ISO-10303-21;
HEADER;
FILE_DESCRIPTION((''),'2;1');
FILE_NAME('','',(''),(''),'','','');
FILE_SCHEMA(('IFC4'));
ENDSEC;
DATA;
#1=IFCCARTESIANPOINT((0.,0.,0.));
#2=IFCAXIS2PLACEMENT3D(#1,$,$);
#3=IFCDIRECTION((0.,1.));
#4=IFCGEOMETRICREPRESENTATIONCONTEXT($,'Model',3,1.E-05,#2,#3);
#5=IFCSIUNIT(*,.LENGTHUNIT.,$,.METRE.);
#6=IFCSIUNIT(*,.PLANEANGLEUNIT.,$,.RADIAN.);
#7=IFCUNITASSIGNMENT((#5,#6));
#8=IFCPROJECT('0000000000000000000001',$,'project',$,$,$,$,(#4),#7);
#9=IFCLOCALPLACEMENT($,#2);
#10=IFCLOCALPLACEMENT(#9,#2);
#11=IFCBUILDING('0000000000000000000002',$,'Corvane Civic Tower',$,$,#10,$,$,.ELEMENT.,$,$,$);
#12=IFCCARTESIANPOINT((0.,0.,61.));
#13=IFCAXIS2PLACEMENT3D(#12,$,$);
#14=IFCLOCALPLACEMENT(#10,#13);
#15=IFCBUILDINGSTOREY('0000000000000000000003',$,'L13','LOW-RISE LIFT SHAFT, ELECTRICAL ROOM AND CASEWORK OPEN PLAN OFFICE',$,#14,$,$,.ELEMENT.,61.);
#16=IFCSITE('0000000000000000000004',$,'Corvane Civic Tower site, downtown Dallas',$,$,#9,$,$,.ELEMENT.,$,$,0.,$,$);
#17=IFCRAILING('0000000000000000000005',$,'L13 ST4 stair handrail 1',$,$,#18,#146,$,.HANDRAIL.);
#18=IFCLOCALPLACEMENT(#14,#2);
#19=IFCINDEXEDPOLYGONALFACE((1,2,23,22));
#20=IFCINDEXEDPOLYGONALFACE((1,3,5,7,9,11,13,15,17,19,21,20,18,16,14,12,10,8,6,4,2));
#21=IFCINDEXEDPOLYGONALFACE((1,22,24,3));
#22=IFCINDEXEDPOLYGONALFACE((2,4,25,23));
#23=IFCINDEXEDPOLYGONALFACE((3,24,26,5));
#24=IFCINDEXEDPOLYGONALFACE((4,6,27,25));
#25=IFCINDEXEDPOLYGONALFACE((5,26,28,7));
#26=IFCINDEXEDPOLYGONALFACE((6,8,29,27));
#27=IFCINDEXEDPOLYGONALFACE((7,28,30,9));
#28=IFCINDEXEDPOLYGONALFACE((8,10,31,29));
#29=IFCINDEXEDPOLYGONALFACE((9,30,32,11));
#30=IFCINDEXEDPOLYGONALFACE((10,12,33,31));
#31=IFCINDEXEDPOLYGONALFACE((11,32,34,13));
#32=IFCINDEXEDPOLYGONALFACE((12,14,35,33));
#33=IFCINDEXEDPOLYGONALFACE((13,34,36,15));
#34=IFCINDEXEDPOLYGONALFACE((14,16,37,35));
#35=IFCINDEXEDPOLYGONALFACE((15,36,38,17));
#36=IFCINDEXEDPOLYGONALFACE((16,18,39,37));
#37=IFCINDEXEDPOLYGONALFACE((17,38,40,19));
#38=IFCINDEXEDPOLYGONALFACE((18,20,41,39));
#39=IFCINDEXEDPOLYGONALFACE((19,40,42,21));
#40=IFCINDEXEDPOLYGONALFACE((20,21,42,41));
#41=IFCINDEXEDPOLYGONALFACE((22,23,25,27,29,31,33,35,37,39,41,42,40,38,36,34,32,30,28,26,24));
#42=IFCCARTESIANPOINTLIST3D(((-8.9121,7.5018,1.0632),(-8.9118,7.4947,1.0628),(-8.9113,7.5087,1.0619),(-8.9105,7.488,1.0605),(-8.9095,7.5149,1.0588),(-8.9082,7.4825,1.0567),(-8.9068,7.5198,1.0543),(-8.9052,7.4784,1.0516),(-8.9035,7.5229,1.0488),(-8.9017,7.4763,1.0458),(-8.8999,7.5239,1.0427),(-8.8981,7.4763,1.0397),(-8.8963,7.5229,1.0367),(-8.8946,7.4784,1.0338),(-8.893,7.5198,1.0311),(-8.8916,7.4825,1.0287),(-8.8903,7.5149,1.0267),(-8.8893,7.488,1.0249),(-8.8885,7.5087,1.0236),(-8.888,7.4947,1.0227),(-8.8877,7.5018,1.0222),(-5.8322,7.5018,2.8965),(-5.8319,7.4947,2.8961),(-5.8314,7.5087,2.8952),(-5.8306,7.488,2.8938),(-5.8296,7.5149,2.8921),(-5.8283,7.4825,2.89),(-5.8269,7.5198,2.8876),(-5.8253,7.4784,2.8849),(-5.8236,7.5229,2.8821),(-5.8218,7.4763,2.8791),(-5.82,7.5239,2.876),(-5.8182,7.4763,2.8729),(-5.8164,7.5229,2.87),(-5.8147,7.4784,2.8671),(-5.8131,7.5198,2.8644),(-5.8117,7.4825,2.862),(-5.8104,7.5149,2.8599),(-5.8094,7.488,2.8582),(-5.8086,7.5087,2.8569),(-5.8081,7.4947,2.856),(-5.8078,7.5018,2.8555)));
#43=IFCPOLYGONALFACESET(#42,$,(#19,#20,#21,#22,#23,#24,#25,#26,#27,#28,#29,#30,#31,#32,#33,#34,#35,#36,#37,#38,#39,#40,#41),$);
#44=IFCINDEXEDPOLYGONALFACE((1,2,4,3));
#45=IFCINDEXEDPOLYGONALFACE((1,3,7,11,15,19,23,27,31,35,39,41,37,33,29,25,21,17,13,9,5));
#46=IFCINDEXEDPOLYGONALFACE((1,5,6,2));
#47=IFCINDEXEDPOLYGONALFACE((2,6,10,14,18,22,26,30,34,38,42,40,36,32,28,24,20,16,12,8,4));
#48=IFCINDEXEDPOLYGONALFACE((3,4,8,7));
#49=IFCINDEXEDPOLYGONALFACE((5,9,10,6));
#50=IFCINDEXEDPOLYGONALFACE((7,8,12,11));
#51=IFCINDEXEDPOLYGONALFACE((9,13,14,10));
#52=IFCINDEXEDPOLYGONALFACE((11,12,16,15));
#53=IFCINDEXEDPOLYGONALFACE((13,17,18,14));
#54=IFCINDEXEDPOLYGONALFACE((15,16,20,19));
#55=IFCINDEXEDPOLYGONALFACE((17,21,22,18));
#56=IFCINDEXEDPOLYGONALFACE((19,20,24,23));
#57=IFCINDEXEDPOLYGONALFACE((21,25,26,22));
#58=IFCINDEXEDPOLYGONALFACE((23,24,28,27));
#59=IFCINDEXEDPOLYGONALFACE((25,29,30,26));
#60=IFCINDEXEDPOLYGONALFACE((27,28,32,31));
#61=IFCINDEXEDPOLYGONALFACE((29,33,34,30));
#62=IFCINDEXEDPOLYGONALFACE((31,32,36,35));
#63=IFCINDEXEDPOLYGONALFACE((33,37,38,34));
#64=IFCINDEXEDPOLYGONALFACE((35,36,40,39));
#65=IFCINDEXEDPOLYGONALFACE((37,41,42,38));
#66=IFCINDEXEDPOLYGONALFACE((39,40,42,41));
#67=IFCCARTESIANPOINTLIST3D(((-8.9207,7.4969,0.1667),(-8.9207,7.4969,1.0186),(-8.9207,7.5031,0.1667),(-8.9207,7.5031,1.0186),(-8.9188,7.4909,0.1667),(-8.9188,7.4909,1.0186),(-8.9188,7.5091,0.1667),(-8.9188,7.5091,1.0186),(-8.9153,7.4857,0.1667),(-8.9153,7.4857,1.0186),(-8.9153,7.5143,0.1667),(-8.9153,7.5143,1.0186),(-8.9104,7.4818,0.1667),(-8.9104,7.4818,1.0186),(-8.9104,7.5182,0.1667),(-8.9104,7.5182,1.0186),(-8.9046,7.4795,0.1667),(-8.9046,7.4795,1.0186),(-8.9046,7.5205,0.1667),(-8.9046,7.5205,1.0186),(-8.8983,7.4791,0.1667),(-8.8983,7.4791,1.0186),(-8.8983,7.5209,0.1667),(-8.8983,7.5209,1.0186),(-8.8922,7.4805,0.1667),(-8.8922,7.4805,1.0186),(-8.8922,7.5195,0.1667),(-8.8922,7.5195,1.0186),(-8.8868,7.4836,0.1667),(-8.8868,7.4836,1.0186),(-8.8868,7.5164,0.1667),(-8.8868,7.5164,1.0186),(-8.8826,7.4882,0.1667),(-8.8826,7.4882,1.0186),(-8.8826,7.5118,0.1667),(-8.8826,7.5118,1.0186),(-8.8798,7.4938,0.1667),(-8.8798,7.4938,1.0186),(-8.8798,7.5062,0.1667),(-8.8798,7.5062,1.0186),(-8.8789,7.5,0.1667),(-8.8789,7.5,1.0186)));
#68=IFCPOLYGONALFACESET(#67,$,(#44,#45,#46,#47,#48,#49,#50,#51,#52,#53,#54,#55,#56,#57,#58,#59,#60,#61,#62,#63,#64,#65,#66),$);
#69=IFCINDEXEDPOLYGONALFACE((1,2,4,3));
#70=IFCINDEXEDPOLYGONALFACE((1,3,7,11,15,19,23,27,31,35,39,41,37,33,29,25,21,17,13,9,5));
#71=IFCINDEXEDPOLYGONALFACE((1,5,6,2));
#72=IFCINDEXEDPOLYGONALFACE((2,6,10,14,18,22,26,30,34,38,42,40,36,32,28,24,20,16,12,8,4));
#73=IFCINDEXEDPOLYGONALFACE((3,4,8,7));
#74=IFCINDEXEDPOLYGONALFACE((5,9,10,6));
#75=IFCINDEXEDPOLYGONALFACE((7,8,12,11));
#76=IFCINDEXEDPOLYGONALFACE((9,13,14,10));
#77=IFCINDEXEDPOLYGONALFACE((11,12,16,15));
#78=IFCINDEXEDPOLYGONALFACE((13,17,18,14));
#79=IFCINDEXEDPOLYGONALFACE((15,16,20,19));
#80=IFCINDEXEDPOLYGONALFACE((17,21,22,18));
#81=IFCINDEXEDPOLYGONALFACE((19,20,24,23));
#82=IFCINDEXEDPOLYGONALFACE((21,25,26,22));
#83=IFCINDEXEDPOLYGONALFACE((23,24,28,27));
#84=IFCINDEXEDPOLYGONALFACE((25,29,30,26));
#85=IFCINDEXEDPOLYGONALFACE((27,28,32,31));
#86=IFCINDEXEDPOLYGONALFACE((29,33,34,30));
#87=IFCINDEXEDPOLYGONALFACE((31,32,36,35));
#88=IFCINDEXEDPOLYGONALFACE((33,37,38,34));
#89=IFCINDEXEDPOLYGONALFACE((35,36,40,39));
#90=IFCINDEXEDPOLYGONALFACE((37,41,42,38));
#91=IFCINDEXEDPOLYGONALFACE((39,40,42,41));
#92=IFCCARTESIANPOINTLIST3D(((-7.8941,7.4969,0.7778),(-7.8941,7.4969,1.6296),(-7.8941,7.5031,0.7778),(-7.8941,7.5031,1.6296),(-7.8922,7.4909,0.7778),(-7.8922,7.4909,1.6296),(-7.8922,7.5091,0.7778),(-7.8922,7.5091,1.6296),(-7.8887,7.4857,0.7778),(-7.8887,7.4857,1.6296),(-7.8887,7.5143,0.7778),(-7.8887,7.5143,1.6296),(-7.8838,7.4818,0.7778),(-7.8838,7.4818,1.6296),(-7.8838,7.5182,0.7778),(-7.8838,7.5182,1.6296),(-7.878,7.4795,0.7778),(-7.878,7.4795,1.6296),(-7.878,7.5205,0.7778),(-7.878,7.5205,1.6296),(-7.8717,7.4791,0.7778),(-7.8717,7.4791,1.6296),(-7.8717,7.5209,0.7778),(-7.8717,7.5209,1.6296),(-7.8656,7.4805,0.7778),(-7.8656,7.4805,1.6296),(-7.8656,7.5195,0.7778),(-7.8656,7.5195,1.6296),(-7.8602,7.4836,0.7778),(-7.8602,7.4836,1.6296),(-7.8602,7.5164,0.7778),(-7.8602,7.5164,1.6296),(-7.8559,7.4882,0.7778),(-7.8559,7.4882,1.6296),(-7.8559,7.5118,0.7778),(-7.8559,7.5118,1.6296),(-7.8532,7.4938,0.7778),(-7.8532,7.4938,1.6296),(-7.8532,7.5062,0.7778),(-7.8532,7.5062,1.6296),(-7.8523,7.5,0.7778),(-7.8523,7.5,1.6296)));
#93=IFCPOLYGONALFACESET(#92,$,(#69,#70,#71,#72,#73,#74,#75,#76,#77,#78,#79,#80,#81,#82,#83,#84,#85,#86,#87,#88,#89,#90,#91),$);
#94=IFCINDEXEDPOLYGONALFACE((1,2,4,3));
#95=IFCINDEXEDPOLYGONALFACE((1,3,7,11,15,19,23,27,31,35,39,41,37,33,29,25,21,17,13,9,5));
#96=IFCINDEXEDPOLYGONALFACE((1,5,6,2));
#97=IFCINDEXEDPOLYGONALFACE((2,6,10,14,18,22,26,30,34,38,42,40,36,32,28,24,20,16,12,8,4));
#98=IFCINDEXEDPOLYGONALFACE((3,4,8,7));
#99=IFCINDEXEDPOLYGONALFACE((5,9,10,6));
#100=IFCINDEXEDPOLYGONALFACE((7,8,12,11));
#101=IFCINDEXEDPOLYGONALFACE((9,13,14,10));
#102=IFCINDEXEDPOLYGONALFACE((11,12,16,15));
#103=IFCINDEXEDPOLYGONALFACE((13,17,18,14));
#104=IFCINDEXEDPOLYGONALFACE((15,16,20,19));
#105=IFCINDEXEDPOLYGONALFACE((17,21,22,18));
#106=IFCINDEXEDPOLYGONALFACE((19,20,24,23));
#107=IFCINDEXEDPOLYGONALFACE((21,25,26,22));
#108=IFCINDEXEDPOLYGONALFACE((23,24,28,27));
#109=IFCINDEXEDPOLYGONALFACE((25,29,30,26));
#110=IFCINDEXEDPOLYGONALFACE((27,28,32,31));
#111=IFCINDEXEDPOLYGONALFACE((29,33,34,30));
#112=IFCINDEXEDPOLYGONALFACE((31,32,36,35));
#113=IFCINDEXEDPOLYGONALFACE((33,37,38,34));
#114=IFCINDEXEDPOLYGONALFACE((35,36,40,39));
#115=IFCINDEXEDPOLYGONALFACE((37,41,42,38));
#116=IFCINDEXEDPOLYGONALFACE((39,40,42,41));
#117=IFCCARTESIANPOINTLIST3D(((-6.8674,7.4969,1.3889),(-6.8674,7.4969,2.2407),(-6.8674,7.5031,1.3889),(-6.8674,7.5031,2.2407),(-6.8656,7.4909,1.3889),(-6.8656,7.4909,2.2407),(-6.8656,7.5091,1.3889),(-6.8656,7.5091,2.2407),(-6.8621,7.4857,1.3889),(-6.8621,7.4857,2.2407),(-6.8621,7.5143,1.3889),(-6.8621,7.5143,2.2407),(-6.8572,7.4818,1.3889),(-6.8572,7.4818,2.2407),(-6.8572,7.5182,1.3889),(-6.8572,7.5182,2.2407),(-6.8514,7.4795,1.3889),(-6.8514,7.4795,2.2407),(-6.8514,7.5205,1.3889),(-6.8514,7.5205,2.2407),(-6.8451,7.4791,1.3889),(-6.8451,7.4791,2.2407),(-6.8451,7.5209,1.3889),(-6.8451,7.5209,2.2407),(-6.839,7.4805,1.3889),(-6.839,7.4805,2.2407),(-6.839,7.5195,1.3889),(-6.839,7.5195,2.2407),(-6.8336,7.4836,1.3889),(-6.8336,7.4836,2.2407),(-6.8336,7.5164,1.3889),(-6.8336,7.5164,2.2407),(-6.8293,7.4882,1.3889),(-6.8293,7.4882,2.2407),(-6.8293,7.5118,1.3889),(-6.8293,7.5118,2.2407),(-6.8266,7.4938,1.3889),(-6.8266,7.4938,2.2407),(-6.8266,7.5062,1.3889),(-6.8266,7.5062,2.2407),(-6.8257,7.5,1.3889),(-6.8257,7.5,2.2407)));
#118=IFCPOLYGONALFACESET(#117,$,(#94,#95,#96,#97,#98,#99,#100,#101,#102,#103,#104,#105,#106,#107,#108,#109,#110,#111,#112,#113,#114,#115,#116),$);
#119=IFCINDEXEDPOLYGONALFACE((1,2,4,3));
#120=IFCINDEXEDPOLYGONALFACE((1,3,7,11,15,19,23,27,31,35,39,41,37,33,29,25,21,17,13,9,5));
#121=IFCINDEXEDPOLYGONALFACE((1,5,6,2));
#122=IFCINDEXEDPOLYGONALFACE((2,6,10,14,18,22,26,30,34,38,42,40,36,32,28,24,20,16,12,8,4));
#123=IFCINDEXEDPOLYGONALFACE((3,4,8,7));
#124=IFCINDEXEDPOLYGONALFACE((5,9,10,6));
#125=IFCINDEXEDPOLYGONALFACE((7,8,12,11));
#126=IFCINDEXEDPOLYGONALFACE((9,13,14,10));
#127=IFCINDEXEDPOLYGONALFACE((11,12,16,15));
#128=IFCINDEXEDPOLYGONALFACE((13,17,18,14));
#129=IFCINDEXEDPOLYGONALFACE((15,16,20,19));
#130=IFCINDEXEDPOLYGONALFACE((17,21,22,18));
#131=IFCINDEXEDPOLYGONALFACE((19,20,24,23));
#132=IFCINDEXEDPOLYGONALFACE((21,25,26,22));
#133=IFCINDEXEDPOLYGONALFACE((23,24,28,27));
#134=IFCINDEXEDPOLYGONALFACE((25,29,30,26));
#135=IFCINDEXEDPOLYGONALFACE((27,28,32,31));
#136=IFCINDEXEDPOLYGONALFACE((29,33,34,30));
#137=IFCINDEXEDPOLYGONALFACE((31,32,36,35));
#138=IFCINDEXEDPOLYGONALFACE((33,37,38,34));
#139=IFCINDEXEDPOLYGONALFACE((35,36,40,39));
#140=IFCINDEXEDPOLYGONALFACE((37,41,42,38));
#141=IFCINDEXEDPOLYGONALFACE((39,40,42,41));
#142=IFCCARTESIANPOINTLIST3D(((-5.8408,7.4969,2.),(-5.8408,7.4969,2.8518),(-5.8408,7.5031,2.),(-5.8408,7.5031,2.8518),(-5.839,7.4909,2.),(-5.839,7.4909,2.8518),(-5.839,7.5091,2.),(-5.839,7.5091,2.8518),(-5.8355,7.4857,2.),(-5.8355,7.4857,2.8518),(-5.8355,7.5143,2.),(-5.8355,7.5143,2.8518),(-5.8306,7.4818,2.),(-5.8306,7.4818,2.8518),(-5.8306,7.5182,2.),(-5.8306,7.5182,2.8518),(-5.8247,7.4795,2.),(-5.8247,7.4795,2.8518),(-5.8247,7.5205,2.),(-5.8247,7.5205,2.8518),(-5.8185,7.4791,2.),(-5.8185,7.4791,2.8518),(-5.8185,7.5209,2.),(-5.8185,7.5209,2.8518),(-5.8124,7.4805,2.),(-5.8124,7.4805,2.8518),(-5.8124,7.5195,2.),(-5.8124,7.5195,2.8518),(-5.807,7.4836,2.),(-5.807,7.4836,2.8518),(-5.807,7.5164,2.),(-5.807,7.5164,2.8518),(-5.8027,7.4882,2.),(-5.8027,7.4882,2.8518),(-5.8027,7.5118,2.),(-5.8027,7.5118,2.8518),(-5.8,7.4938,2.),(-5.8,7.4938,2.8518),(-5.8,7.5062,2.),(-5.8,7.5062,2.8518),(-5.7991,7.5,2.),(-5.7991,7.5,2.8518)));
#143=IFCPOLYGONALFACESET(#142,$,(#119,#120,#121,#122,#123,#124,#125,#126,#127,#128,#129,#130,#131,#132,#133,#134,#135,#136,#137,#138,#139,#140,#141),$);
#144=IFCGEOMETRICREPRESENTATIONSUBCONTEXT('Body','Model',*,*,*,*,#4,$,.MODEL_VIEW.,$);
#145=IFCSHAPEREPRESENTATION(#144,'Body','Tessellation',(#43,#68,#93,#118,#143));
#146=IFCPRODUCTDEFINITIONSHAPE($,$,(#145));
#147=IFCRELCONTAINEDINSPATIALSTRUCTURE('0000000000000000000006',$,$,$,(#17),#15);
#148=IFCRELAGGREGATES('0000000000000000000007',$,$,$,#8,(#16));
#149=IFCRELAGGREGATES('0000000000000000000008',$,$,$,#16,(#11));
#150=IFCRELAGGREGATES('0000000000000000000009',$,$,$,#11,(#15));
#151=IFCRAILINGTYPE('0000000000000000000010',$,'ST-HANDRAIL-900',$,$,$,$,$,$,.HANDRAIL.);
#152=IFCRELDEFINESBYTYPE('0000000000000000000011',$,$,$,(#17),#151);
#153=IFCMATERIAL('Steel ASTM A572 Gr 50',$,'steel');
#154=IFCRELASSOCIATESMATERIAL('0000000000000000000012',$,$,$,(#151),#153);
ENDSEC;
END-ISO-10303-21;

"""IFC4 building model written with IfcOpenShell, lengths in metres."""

from ifc_helpers import new_model, si_unit, direction, frame, origin, origin_2d, place, context, subcontext, project, spatial, circle, extrude, material, type_object, element, save


model = new_model("IFC4")

# Units and contexts
model_context = context("Model", 3, precision=1e-05, world=origin(), true_north=direction((0.0, 1.0)))
body_context = subcontext(model_context, "Body", "Model", "MODEL_VIEW")
ifc_project = project(units=[si_unit("LENGTHUNIT", "METRE"), si_unit("PLANEANGLEUNIT", "RADIAN")], contexts=[model_context])

# Site, building, storey
site_placement = place(None, origin())
site = spatial("IfcSite", under=ifc_project, at=site_placement, Name="Corvane Civic Tower site, downtown Dallas", CompositionType="ELEMENT", RefElevation=0.0)
building_placement = place(site_placement, origin())
building = spatial("IfcBuilding", under=site, at=building_placement, Name="Corvane Civic Tower", CompositionType="ELEMENT")
storey_placement = place(building_placement, frame((0.0, 0.0, 61.0)))
storey = spatial("IfcBuildingStorey", under=building, at=storey_placement, Name="L13", Description="LOW-RISE LIFT SHAFT, ELECTRICAL ROOM AND CASEWORK OPEN PLAN OFFICE", CompositionType="ELEMENT", Elevation=61.0)

# Railing
ifc_material_1 = material(Name="Steel ASTM A572 Gr 50", Category="steel")
railing_type = type_object("IfcRailingType", Name="ST-HANDRAIL-900", PredefinedType="HANDRAIL", material=ifc_material_1)
railing_1_placement = place(storey_placement, frame((-8.8999, 7.5, 0.1667)))
element("IfcRailing", 1, at=railing_1_placement, inside=storey, type_object=railing_type, Name="L13 ST4 stair handrail 1", PredefinedType="HANDRAIL", context=body_context, shape_type="SweptSolid", body=[
    extrude(circle(Radius=0.0239, at=origin_2d()), frame((0.0, 0.0, 0.876), z_axis=(0.859291, 0.0, 0.511487), x_axis=(0.0, 1.0, 0.0)), (0.0, 0.0, 1.0), 3.5842),
    extrude(circle(Radius=0.021, at=origin_2d()), origin(), (0.0, 0.0, 1.0), 0.8518),
    extrude(circle(Radius=0.021, at=origin_2d()), frame((1.0266, 0.0, 0.6111)), (0.0, 0.0, 1.0), 0.8518),
    extrude(circle(Radius=0.021, at=origin_2d()), frame((2.0532, 0.0, 1.2222)), (0.0, 0.0, 1.0), 0.8518),
    extrude(circle(Radius=0.021, at=origin_2d()), frame((3.0798, 0.0, 1.8333)), (0.0, 0.0, 1.0), 0.8518),
])

save(model, "model.ifc")
